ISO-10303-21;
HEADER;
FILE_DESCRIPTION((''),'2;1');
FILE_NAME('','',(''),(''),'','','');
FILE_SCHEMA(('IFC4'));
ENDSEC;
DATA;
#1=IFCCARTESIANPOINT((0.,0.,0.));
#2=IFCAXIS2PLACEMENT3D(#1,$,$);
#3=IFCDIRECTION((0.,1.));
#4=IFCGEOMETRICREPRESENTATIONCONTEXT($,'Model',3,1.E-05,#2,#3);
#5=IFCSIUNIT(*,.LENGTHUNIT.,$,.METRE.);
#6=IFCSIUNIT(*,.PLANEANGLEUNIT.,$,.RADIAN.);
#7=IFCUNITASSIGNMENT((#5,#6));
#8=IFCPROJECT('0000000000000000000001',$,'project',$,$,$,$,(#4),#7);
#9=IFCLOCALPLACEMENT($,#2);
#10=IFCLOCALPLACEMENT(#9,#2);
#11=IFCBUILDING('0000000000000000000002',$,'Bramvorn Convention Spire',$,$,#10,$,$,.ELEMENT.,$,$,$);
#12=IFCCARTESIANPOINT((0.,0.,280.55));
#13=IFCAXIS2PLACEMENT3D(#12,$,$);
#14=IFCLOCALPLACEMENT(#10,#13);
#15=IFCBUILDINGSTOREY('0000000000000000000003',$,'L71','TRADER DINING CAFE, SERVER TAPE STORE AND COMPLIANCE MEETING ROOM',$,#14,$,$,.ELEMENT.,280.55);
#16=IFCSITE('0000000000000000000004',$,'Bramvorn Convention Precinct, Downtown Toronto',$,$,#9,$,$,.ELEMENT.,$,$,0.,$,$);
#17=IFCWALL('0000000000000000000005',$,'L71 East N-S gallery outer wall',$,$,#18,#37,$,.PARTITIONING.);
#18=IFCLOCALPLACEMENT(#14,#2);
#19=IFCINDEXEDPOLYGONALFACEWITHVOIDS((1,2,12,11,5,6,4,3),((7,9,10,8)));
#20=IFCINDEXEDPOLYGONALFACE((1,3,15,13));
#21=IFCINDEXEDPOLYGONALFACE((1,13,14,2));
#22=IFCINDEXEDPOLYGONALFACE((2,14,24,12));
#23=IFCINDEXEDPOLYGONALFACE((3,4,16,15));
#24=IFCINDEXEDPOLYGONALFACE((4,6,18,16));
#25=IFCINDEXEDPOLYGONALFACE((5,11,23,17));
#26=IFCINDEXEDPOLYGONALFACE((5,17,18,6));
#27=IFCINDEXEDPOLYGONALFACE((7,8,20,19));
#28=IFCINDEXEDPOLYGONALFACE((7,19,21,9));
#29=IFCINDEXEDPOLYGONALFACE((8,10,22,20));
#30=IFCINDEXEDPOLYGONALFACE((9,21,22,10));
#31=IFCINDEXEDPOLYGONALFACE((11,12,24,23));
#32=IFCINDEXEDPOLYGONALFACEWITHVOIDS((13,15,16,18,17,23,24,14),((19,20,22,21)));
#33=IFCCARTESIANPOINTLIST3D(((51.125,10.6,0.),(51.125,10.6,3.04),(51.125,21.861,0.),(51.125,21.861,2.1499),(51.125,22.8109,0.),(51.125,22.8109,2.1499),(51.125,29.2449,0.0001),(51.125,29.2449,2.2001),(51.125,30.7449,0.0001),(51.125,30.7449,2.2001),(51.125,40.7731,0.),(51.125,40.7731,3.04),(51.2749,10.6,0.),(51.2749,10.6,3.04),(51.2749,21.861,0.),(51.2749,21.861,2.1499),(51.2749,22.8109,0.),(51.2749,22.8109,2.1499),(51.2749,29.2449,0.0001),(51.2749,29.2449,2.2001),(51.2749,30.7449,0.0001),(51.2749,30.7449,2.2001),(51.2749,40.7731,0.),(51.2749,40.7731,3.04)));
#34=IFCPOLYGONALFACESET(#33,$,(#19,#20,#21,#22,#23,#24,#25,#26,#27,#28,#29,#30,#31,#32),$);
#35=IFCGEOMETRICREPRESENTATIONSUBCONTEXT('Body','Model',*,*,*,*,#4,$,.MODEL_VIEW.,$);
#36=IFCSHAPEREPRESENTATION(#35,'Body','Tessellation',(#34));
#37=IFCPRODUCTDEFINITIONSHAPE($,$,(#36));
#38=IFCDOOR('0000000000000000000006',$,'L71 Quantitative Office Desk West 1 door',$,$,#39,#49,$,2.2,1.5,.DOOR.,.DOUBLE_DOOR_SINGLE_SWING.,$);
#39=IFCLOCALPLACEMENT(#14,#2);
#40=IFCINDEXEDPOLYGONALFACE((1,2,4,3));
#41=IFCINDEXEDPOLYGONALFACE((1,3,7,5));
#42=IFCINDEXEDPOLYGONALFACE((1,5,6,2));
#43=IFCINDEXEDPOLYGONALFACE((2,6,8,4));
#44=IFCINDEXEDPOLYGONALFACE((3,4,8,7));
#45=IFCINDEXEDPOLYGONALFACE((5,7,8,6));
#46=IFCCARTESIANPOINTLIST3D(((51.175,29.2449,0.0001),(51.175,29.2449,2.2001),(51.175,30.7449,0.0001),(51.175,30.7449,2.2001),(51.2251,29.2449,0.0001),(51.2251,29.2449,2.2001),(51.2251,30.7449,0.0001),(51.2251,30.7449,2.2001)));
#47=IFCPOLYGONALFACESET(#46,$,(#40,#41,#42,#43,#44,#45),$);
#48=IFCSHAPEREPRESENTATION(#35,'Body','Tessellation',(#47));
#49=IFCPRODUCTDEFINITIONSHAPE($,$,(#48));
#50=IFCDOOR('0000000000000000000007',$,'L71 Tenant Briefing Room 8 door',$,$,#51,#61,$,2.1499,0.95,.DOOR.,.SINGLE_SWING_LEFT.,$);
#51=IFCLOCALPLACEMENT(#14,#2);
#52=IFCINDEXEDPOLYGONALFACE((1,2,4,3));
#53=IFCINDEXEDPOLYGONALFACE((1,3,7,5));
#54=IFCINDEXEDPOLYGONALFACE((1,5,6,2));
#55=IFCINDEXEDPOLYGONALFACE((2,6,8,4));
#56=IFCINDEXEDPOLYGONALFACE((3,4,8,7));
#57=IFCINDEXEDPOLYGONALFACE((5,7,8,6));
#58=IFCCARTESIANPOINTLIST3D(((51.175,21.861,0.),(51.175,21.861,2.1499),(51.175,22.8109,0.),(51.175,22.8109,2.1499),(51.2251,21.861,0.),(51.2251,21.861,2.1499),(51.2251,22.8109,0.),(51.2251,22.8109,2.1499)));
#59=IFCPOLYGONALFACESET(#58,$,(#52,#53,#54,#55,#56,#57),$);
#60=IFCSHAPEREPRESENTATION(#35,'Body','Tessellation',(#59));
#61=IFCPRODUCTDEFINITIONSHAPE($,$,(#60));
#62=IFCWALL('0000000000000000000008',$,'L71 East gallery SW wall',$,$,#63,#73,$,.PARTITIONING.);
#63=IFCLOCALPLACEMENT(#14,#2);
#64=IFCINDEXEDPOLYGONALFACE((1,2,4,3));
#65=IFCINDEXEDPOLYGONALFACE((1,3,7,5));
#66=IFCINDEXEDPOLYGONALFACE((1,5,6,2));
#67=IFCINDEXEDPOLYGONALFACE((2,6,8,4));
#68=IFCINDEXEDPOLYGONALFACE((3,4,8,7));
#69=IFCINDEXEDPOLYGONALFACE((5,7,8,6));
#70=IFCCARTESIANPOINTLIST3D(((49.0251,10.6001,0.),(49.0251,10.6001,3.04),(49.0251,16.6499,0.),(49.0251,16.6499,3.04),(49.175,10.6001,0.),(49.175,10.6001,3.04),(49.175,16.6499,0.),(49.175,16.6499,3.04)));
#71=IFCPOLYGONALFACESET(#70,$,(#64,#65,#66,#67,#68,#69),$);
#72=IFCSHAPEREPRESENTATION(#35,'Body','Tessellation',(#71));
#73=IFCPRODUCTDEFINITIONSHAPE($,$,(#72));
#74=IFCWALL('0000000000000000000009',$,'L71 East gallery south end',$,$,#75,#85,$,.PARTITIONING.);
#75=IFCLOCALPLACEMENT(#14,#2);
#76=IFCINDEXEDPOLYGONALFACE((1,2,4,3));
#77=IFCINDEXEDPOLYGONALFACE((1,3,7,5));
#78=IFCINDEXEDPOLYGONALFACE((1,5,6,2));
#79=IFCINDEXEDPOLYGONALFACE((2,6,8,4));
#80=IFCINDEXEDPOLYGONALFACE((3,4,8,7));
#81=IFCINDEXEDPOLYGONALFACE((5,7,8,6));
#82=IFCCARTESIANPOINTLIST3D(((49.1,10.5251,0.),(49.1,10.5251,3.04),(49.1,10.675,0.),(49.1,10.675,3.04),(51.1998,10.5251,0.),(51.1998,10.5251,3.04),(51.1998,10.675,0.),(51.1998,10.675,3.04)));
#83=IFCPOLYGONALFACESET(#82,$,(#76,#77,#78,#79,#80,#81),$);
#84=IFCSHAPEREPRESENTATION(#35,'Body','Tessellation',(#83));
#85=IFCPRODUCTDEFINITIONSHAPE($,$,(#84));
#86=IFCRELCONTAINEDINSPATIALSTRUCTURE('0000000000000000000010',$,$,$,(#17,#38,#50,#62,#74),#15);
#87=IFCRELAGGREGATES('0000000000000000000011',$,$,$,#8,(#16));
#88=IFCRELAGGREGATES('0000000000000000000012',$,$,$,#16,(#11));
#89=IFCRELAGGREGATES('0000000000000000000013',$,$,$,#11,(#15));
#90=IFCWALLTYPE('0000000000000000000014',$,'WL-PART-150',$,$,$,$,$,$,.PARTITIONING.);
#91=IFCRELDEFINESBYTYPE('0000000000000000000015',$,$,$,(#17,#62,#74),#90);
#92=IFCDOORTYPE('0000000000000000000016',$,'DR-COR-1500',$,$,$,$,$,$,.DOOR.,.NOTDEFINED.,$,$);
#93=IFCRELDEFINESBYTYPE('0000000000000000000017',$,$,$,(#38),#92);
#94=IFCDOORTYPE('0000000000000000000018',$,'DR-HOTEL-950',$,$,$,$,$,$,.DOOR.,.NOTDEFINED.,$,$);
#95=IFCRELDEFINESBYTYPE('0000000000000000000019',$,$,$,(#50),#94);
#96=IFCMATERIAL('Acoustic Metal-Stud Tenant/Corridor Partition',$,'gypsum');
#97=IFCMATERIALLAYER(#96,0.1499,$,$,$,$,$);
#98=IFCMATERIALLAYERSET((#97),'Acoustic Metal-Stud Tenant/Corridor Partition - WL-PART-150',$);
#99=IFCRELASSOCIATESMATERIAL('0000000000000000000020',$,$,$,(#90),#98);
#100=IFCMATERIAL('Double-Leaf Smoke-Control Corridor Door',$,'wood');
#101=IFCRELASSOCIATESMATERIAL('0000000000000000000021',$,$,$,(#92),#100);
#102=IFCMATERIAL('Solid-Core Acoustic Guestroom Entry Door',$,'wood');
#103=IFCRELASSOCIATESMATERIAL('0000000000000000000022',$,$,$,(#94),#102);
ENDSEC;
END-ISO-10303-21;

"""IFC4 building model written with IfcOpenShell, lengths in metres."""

from ifc_helpers import new_model, si_unit, direction, frame, frame_2d, origin, place, context, subcontext, project, spatial, rectangle, extrude, material, layer, layer_set, type_object, element, fill, save


model = new_model("IFC4")

# Units and contexts
model_context = context("Model", 3, precision=1e-05, world=origin(), true_north=direction((0.0, 1.0)))
body_context = subcontext(model_context, "Body", "Model", "MODEL_VIEW")
ifc_project = project(units=[si_unit("LENGTHUNIT", "METRE"), si_unit("PLANEANGLEUNIT", "RADIAN")], contexts=[model_context])

# Site, building, storey
site_placement = place(None, origin())
site = spatial("IfcSite", under=ifc_project, at=site_placement, Name="Bramvorn Convention Precinct, Downtown Toronto", CompositionType="ELEMENT", RefElevation=0.0)
building_placement = place(site_placement, origin())
building = spatial("IfcBuilding", under=site, at=building_placement, Name="Bramvorn Convention Spire", CompositionType="ELEMENT")
storey_placement = place(building_placement, frame((0.0, 0.0, 280.55)))
storey = spatial("IfcBuildingStorey", under=building, at=storey_placement, Name="L71", Description="TRADER DINING CAFE, SERVER TAPE STORE AND COMPLIANCE MEETING ROOM", CompositionType="ELEMENT", Elevation=280.55)

# Wall, openings, doors
ifc_material_1 = material(Name="Acoustic Metal-Stud Tenant/Corridor Partition", Category="gypsum")
ifc_layer_1 = layer(ifc_material_1, 0.1499)
ifc_layer_set_1 = layer_set([ifc_layer_1], Name="Acoustic Metal-Stud Tenant/Corridor Partition - WL-PART-150")
wall_type_1 = type_object("IfcWallType", Name="WL-PART-150", PredefinedType="PARTITIONING", material=ifc_layer_set_1)
wall_1_placement = place(storey_placement, frame((51.2, 10.6001, 0.0), z_axis=(0.0, 0.0, 1.0), x_axis=(0.0, 1.0, 0.0)))
wall_1 = element("IfcWall", 1, at=wall_1_placement, inside=storey, type_object=wall_type_1, Name="L71 East N-S gallery outer wall", PredefinedType="PARTITIONING", context=body_context, shape_type="SweptSolid", body=[
    extrude(rectangle(XDim=30.1731, YDim=0.1499, at=frame_2d((15.0864, 0.0))), origin(), (0.0, 0.0, 1.0), 3.04),
])
opening_1_placement = place(wall_1_placement, frame((18.6448, 0.0, 0.0)))
opening_1 = element("IfcOpeningElement", 2, at=opening_1_placement, cuts=wall_1, PredefinedType="OPENING", context=body_context, shape_type="SweptSolid", body=[
    extrude(rectangle(XDim=1.5, YDim=2.2, at=frame_2d((0.75, 1.1001))), frame((0.0, 0.085, 0.0), z_axis=(0.0, -1.0, 0.0), x_axis=(1.0, 0.0, 0.0)), (0.0, 0.0, 1.0), 0.1699),
])
opening_2_placement = place(wall_1_placement, frame((11.2607, 0.0, 0.0)))
opening_2 = element("IfcOpeningElement", 3, at=opening_2_placement, cuts=wall_1, PredefinedType="OPENING", context=body_context, shape_type="SweptSolid", body=[
    extrude(rectangle(XDim=0.95, YDim=2.1499, at=frame_2d((0.4751, 1.075))), frame((0.0, 0.085, 0.0), z_axis=(0.0, -1.0, 0.0), x_axis=(1.0, 0.0, 0.0)), (0.0, 0.0, 1.0), 0.1699),
])
ifc_material_2 = material(Name="Double-Leaf Smoke-Control Corridor Door", Category="wood")
door_type_1 = type_object("IfcDoorType", Name="DR-COR-1500", OperationType="NOTDEFINED", PredefinedType="DOOR", material=ifc_material_2)
door_1_placement = place(opening_1_placement, origin())
door_1 = element("IfcDoor", 4, at=door_1_placement, inside=storey, type_object=door_type_1, Name="L71 Quantitative Office Desk West 1 door", OperationType="DOUBLE_DOOR_SINGLE_SWING", OverallHeight=2.2, OverallWidth=1.5, PredefinedType="DOOR", context=body_context, shape_type="SweptSolid", body=[
    extrude(rectangle(XDim=1.5, YDim=2.2, at=frame_2d((0.75, 1.1001))), frame((0.0, 0.0249, 0.0), z_axis=(0.0, -1.0, 0.0), x_axis=(1.0, 0.0, 0.0)), (0.0, 0.0, 1.0), 0.05),
])
fill(opening_1, door_1)
ifc_material_3 = material(Name="Solid-Core Acoustic Guestroom Entry Door", Category="wood")
door_type_2 = type_object("IfcDoorType", Name="DR-HOTEL-950", OperationType="NOTDEFINED", PredefinedType="DOOR", material=ifc_material_3)
door_2_placement = place(opening_2_placement, origin())
door_2 = element("IfcDoor", 5, at=door_2_placement, inside=storey, type_object=door_type_2, Name="L71 Tenant Briefing Room 8 door", OperationType="SINGLE_SWING_LEFT", OverallHeight=2.1499, OverallWidth=0.95, PredefinedType="DOOR", context=body_context, shape_type="SweptSolid", body=[
    extrude(rectangle(XDim=0.95, YDim=2.1499, at=frame_2d((0.4751, 1.075))), frame((0.0, 0.0249, 0.0), z_axis=(0.0, -1.0, 0.0), x_axis=(1.0, 0.0, 0.0)), (0.0, 0.0, 1.0), 0.05),
])
fill(opening_2, door_2)

# Walls
wall_2_placement = place(storey_placement, frame((49.1001, 10.6001, 0.0), z_axis=(0.0, 0.0, 1.0), x_axis=(0.0, 1.0, 0.0)))
element("IfcWall", 6, at=wall_2_placement, inside=storey, type_object=wall_type_1, Name="L71 East gallery SW wall", PredefinedType="PARTITIONING", context=body_context, shape_type="SweptSolid", body=[
    extrude(rectangle(XDim=6.0498, YDim=0.1499, at=frame_2d((3.0249, 0.0))), origin(), (0.0, 0.0, 1.0), 3.04),
])
wall_3_placement = place(storey_placement, frame((49.1001, 10.6001, 0.0), z_axis=(0.0, 0.0, 1.0), x_axis=(1.0, 0.0, 0.0)))
element("IfcWall", 7, at=wall_3_placement, inside=storey, type_object=wall_type_1, Name="L71 East gallery south end", PredefinedType="PARTITIONING", context=body_context, shape_type="SweptSolid", body=[
    extrude(rectangle(XDim=2.0999, YDim=0.1499, at=frame_2d((1.0498, 0.0))), origin(), (0.0, 0.0, 1.0), 3.04),
])

save(model, "model.ifc")
